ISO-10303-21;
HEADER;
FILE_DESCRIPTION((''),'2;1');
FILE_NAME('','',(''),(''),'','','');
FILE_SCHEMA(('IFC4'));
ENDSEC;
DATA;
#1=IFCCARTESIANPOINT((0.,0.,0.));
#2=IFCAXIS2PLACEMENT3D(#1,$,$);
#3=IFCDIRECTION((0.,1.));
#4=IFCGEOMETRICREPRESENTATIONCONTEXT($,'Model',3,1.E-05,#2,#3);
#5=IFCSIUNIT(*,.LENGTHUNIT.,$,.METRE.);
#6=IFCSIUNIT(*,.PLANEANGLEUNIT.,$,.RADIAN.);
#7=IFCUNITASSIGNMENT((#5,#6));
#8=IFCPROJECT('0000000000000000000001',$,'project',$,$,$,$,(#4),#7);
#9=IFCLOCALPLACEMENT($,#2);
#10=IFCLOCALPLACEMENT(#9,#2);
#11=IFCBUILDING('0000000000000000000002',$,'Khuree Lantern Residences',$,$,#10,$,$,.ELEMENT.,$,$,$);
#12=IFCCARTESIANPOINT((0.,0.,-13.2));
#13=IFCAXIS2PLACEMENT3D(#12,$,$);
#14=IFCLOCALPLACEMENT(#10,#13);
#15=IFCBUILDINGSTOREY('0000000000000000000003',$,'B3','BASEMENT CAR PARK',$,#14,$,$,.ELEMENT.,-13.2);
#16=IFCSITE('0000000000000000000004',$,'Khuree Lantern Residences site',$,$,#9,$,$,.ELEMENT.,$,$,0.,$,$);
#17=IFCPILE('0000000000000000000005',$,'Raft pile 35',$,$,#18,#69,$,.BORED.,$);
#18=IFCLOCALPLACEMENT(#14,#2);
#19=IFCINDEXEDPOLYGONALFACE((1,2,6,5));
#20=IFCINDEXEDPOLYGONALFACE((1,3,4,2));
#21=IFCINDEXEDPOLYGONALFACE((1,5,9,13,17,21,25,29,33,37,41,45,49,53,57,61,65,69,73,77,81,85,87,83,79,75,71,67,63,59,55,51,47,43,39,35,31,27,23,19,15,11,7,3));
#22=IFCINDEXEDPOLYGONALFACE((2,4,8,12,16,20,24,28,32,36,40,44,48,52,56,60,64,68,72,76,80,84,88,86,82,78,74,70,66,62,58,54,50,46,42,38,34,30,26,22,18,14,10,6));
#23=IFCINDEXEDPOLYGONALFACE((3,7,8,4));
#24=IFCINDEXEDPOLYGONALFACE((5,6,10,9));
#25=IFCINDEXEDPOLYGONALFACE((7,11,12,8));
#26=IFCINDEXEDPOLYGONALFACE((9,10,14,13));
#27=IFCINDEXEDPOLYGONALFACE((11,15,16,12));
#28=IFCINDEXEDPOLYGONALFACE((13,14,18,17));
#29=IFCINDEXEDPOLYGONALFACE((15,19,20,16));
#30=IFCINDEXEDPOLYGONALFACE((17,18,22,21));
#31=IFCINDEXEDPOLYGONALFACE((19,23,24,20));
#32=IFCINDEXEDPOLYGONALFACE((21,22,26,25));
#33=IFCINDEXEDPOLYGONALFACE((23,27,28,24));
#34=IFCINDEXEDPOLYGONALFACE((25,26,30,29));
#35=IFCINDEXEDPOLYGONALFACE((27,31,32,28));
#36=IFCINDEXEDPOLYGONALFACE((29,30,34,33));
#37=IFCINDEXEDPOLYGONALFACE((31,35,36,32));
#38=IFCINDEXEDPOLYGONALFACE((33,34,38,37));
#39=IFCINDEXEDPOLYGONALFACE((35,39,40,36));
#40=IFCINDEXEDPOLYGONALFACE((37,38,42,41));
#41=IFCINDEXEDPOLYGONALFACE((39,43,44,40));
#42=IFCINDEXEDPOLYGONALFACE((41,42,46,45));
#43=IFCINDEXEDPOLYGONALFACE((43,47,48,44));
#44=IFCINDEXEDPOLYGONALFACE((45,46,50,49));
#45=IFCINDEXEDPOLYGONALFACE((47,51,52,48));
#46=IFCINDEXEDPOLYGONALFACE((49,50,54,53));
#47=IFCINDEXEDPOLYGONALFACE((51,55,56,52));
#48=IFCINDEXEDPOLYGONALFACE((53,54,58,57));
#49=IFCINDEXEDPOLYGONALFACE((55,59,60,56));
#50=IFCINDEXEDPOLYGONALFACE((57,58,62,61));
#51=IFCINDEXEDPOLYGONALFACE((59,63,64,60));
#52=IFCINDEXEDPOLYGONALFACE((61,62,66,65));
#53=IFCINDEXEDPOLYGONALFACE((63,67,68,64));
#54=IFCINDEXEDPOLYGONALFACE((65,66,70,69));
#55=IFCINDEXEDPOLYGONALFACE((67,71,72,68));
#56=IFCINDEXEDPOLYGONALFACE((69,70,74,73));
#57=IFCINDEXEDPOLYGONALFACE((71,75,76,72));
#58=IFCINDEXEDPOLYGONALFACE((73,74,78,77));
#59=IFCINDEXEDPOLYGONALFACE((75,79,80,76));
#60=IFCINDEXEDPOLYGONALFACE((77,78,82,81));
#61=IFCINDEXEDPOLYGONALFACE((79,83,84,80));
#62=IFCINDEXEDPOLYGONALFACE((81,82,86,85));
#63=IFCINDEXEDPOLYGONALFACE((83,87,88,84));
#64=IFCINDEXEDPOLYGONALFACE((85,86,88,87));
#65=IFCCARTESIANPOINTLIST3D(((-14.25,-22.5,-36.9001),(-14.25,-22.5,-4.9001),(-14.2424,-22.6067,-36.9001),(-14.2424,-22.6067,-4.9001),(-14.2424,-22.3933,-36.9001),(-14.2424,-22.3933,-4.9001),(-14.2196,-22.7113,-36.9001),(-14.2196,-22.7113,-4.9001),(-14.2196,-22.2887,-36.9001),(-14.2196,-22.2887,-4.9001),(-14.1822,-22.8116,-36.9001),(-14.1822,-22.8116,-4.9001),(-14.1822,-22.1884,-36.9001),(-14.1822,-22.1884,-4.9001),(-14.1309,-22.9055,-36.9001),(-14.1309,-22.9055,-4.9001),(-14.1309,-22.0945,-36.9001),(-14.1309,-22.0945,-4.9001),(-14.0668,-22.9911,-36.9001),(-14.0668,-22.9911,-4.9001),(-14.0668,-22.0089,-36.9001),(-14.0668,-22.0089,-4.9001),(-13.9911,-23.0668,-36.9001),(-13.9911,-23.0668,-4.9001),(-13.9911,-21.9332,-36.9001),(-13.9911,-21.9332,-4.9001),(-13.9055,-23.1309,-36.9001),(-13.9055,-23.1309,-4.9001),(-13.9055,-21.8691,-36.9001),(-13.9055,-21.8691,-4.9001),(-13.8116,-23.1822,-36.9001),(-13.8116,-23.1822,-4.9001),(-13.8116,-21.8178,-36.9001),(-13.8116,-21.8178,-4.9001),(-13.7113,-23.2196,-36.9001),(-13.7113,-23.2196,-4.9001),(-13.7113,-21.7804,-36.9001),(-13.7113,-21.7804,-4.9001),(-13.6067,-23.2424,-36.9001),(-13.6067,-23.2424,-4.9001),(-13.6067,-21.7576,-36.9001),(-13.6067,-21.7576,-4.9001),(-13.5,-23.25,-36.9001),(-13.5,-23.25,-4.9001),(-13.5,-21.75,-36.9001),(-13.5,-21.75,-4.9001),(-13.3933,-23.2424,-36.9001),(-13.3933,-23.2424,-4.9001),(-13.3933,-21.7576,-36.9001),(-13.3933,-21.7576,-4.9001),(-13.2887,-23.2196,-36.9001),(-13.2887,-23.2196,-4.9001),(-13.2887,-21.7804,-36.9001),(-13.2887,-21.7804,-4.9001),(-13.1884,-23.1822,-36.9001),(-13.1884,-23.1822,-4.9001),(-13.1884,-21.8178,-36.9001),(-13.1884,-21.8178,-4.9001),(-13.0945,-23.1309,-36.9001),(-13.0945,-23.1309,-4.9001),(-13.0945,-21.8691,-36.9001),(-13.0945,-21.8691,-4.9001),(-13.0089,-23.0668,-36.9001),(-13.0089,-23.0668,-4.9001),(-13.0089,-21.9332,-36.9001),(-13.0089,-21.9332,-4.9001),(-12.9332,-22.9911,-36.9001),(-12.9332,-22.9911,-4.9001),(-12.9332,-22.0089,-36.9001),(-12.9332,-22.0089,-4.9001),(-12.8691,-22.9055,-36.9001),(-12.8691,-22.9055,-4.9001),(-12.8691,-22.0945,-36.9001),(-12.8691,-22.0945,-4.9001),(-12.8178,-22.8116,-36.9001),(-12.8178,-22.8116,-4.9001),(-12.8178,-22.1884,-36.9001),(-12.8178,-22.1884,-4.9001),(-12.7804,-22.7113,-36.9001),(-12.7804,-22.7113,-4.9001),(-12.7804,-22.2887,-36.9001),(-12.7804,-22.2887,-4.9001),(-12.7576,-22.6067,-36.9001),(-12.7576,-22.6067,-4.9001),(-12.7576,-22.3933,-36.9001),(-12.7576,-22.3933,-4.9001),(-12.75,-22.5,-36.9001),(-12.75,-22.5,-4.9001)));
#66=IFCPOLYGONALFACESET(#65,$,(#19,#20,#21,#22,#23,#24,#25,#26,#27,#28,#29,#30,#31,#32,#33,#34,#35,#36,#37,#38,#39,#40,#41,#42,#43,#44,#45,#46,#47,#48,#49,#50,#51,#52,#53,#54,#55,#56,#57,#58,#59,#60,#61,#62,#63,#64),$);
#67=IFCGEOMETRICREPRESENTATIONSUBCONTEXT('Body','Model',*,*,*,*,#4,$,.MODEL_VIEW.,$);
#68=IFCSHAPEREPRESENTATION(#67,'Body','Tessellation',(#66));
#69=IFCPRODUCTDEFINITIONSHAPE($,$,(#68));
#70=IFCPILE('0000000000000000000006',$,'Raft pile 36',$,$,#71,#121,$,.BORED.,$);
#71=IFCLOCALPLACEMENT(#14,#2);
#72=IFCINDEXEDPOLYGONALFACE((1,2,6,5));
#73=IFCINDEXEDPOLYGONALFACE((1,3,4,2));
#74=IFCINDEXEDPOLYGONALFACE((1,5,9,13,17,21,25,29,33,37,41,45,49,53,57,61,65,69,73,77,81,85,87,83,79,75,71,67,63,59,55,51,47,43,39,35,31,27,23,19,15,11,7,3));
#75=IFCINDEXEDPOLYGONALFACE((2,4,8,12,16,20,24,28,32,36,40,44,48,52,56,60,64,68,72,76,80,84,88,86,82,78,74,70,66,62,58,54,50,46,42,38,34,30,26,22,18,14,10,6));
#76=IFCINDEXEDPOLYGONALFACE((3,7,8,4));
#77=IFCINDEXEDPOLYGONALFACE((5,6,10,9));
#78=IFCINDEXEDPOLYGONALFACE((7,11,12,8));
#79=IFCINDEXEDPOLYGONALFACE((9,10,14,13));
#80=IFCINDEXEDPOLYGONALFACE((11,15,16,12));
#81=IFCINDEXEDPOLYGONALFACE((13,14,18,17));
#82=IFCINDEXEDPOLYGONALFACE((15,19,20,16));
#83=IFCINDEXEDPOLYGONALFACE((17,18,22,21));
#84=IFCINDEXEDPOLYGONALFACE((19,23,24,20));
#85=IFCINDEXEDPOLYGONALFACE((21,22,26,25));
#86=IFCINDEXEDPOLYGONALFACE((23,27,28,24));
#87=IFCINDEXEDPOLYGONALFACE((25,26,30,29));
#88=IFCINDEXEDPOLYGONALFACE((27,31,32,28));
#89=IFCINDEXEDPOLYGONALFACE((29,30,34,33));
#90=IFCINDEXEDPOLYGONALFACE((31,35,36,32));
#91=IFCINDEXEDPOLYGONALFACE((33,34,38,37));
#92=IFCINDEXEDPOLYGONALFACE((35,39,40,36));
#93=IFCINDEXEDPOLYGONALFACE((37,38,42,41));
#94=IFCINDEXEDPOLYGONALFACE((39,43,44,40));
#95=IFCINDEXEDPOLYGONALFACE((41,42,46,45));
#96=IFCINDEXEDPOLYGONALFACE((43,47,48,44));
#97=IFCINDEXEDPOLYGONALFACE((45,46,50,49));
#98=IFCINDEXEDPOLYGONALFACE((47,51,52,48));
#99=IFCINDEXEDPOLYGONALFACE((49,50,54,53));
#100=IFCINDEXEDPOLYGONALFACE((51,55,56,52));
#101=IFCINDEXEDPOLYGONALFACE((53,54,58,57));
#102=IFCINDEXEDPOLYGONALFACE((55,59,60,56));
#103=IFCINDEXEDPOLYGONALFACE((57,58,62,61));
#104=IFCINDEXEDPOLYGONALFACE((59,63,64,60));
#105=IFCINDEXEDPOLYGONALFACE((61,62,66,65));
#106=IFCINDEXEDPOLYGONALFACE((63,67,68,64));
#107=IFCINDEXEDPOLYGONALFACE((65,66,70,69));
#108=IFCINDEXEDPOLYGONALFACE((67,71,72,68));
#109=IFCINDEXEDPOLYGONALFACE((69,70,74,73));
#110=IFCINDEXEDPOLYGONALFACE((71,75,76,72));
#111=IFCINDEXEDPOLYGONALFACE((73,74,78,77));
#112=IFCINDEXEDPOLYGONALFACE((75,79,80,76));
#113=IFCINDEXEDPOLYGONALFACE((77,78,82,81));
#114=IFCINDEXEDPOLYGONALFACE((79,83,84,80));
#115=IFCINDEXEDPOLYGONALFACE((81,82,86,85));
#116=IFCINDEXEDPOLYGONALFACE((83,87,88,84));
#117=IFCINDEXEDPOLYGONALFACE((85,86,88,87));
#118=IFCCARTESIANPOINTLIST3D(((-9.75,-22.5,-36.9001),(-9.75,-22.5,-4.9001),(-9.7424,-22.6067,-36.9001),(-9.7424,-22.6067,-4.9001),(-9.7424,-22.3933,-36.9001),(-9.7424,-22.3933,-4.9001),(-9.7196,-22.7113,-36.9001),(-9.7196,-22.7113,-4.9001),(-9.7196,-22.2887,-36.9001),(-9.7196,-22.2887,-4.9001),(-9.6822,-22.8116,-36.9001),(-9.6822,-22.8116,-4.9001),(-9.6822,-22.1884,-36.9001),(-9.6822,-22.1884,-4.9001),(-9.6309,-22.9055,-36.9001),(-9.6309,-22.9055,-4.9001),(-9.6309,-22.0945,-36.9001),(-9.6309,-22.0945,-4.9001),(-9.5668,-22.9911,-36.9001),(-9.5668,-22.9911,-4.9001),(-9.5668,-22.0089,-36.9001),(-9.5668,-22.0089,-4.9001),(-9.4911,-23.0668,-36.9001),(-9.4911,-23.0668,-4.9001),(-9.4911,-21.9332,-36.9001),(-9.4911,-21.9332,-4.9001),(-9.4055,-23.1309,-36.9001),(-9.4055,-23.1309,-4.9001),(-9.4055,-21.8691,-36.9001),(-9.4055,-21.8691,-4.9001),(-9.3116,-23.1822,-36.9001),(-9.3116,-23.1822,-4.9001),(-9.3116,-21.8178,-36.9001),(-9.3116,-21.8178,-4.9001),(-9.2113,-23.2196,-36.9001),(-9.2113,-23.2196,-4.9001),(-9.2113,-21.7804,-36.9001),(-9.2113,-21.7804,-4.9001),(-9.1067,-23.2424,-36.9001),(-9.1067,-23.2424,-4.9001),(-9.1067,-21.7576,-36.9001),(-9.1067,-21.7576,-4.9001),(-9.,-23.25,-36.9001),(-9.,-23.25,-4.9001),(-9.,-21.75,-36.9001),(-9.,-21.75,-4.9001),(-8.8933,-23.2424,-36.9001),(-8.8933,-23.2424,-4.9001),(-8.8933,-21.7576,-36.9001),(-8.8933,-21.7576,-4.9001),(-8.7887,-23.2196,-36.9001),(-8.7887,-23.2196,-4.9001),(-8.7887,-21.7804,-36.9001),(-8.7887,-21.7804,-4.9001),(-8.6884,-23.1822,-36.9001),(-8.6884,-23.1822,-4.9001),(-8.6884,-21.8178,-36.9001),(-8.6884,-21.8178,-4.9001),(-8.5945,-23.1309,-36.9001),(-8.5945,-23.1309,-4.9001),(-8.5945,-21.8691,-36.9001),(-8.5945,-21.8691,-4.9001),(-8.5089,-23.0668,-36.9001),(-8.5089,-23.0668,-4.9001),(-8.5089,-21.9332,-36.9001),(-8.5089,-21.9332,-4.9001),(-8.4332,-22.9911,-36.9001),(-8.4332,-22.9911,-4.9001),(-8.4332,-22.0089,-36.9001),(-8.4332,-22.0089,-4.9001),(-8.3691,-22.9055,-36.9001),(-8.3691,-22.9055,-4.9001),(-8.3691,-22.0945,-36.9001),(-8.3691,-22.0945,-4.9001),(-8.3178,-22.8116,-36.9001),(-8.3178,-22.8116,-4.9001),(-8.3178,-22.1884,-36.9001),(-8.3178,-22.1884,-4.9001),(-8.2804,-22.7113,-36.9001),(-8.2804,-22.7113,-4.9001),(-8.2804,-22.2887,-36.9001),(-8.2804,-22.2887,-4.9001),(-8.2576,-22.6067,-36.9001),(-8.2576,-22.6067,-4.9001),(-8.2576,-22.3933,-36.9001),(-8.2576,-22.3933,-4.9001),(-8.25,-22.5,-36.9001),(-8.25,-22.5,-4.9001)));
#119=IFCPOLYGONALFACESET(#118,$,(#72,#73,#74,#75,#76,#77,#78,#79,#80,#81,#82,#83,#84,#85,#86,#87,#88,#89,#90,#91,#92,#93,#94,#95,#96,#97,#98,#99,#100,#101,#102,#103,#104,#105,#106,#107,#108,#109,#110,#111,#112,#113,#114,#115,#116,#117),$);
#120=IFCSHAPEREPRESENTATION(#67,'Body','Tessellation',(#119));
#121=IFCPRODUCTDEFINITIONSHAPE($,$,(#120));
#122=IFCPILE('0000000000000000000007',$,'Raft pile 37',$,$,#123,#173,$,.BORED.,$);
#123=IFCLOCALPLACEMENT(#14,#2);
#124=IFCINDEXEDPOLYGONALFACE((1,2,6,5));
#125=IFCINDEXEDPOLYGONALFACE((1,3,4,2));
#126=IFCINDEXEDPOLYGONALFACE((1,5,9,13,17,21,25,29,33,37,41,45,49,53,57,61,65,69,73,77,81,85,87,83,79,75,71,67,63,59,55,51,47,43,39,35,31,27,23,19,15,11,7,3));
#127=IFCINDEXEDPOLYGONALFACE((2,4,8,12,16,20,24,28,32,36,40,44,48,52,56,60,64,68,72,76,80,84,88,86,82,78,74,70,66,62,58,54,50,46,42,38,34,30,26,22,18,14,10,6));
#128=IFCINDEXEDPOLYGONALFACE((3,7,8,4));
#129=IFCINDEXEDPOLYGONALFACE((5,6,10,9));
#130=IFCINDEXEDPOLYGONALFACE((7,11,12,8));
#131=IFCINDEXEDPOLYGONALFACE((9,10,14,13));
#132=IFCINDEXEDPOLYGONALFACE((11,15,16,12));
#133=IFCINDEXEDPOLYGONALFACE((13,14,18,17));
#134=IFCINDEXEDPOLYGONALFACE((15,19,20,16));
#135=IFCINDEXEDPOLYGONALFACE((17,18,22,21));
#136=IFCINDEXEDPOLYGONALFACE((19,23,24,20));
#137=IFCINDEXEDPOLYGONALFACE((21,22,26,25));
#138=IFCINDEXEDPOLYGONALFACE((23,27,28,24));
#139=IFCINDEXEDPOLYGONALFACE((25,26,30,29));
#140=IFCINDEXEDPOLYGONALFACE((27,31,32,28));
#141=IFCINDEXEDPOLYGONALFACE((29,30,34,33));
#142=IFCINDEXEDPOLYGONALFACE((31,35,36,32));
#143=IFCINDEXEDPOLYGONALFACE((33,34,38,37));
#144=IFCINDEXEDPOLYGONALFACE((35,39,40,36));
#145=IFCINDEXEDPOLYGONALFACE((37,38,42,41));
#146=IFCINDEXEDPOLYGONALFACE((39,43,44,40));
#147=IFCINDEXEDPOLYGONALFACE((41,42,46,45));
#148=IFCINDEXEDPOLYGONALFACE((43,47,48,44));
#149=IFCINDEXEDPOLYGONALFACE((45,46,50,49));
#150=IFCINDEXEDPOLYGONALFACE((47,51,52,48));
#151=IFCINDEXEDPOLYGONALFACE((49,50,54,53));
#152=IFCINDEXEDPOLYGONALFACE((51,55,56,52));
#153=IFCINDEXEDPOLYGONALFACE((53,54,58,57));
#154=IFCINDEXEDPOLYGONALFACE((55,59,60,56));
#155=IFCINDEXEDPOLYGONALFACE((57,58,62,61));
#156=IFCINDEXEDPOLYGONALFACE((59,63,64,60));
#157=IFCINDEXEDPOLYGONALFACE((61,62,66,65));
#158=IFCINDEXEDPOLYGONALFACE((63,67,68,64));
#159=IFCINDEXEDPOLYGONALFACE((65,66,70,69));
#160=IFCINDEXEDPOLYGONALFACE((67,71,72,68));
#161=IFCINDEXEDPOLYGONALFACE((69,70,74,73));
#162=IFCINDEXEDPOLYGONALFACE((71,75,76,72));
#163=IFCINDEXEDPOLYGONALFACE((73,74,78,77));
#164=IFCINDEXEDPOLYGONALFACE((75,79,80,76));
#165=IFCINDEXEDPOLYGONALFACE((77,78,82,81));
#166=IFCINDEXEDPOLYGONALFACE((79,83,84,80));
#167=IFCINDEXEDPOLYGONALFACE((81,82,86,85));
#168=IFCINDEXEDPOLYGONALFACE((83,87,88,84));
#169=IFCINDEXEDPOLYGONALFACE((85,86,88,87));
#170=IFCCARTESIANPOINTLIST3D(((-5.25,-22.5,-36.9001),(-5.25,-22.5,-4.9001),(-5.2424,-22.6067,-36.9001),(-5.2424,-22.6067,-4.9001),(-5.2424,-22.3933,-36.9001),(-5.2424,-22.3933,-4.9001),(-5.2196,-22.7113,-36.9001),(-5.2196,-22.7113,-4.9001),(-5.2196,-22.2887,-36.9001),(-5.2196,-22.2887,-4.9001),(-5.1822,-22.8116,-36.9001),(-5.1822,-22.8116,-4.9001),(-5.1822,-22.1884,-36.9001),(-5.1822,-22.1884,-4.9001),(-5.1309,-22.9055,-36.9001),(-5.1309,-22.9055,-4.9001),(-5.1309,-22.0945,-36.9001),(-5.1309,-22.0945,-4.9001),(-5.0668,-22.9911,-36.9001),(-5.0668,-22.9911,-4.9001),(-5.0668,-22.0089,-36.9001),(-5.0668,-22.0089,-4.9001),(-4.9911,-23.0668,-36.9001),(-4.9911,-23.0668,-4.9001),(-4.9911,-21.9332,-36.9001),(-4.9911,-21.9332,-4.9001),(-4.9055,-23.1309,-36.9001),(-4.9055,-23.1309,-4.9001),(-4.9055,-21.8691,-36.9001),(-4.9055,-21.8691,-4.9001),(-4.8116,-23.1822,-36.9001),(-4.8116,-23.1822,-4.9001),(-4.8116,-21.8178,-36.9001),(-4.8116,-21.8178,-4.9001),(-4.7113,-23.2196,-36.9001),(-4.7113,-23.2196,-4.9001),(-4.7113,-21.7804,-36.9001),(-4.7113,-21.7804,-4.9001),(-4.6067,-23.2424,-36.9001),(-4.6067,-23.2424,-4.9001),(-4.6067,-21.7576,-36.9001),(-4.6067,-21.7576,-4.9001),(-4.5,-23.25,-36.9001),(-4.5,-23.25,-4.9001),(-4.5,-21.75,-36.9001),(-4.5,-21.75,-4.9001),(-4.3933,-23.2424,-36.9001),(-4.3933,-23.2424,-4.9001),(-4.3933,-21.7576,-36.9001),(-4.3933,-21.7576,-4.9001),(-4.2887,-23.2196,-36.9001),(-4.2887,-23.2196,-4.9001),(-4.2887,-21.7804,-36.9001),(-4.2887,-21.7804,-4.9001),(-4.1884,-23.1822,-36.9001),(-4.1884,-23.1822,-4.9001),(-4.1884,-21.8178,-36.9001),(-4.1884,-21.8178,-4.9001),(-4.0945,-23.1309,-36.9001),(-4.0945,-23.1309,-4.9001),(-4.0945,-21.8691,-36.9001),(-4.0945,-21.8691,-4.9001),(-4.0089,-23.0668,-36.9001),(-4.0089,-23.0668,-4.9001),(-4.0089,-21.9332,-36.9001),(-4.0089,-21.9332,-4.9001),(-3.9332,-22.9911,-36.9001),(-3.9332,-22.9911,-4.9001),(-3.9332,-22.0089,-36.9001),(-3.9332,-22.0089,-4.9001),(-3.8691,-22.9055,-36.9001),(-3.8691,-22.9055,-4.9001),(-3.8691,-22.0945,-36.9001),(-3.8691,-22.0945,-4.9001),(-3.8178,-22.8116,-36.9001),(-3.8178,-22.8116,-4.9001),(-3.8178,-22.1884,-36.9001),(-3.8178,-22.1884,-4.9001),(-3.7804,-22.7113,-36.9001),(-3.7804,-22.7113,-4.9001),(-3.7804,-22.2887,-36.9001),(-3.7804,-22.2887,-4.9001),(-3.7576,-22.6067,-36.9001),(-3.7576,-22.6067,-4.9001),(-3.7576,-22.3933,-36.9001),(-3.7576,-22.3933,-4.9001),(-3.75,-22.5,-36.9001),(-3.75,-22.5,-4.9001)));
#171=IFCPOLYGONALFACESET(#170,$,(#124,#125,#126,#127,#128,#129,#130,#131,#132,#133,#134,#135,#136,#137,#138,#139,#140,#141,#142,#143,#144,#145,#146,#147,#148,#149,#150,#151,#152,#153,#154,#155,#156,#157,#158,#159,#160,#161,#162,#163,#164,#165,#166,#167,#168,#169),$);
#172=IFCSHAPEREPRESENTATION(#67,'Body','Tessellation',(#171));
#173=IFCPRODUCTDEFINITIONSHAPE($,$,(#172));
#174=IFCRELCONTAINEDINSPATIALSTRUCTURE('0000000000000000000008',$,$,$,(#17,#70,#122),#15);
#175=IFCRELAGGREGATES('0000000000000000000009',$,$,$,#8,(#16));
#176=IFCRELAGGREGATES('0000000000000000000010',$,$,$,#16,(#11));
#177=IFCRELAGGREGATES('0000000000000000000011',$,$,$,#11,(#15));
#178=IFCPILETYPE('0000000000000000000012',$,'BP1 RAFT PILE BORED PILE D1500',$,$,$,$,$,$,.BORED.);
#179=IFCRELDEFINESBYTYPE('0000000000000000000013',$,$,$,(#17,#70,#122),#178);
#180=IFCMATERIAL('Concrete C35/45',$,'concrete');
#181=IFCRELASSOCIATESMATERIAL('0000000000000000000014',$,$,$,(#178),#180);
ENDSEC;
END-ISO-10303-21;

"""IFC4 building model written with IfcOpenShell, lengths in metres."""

from ifc_helpers import new_model, si_unit, direction, frame, origin, origin_2d, place, context, subcontext, project, spatial, circle, extrude, material, material_profile, profile_set, type_object, element, save


model = new_model("IFC4")

# Units and contexts
model_context = context("Model", 3, precision=1e-05, world=origin(), true_north=direction((0.0, 1.0)))
body_context = subcontext(model_context, "Body", "Model", "MODEL_VIEW")
ifc_project = project(units=[si_unit("LENGTHUNIT", "METRE"), si_unit("PLANEANGLEUNIT", "RADIAN")], contexts=[model_context])

# Site, building, storey
site_placement = place(None, origin())
site = spatial("IfcSite", under=ifc_project, at=site_placement, Name="Khuree Lantern Residences site", CompositionType="ELEMENT", RefElevation=0.0)
building_placement = place(site_placement, origin())
building = spatial("IfcBuilding", under=site, at=building_placement, Name="Khuree Lantern Residences", CompositionType="ELEMENT")
storey_placement = place(building_placement, frame((0.0, 0.0, -13.2)))
storey = spatial("IfcBuildingStorey", under=building, at=storey_placement, Name="B3", Description="BASEMENT CAR PARK", CompositionType="ELEMENT", Elevation=-13.2)

# Piles
ifc_material_1 = material(Name="Concrete C35/45", Category="concrete")
ifc_material_profile_1 = material_profile(ifc_material_1, circle(Radius=0.75, at=origin_2d()), Name="BORED PILE D1500")
ifc_profile_set_1 = profile_set([ifc_material_profile_1], Name="Concrete C35/45")
pile_type = type_object("IfcPileType", Name="BP1 RAFT PILE BORED PILE D1500", PredefinedType="BORED", material=ifc_profile_set_1)
for number, where, z_axis, x_axis, name in (
    (1, (-13.5, -22.5, -4.9001), (0.0, 0.0, -1.0), (1.0, 0.0, 0.0), "Raft pile 35"),
    (2, (-9.0, -22.5, -4.9001), (0.0, 0.0, -1.0), (1.0, 0.0, 0.0), "Raft pile 36"),
    (3, (-4.5, -22.5, -4.9001), (0.0, 0.0, -1.0), (1.0, 0.0, 0.0), "Raft pile 37"),
):
    element("IfcPile", number, at=place(storey_placement, frame(where, z_axis=z_axis, x_axis=x_axis)), inside=storey, type_object=pile_type, Name=name, PredefinedType="BORED", context=body_context, shape_type="SweptSolid", body=[
        extrude(circle(Radius=0.75, at=origin_2d()), origin(), (0.0, 0.0, 1.0), 32.0),
    ])

save(model, "model.ifc")
